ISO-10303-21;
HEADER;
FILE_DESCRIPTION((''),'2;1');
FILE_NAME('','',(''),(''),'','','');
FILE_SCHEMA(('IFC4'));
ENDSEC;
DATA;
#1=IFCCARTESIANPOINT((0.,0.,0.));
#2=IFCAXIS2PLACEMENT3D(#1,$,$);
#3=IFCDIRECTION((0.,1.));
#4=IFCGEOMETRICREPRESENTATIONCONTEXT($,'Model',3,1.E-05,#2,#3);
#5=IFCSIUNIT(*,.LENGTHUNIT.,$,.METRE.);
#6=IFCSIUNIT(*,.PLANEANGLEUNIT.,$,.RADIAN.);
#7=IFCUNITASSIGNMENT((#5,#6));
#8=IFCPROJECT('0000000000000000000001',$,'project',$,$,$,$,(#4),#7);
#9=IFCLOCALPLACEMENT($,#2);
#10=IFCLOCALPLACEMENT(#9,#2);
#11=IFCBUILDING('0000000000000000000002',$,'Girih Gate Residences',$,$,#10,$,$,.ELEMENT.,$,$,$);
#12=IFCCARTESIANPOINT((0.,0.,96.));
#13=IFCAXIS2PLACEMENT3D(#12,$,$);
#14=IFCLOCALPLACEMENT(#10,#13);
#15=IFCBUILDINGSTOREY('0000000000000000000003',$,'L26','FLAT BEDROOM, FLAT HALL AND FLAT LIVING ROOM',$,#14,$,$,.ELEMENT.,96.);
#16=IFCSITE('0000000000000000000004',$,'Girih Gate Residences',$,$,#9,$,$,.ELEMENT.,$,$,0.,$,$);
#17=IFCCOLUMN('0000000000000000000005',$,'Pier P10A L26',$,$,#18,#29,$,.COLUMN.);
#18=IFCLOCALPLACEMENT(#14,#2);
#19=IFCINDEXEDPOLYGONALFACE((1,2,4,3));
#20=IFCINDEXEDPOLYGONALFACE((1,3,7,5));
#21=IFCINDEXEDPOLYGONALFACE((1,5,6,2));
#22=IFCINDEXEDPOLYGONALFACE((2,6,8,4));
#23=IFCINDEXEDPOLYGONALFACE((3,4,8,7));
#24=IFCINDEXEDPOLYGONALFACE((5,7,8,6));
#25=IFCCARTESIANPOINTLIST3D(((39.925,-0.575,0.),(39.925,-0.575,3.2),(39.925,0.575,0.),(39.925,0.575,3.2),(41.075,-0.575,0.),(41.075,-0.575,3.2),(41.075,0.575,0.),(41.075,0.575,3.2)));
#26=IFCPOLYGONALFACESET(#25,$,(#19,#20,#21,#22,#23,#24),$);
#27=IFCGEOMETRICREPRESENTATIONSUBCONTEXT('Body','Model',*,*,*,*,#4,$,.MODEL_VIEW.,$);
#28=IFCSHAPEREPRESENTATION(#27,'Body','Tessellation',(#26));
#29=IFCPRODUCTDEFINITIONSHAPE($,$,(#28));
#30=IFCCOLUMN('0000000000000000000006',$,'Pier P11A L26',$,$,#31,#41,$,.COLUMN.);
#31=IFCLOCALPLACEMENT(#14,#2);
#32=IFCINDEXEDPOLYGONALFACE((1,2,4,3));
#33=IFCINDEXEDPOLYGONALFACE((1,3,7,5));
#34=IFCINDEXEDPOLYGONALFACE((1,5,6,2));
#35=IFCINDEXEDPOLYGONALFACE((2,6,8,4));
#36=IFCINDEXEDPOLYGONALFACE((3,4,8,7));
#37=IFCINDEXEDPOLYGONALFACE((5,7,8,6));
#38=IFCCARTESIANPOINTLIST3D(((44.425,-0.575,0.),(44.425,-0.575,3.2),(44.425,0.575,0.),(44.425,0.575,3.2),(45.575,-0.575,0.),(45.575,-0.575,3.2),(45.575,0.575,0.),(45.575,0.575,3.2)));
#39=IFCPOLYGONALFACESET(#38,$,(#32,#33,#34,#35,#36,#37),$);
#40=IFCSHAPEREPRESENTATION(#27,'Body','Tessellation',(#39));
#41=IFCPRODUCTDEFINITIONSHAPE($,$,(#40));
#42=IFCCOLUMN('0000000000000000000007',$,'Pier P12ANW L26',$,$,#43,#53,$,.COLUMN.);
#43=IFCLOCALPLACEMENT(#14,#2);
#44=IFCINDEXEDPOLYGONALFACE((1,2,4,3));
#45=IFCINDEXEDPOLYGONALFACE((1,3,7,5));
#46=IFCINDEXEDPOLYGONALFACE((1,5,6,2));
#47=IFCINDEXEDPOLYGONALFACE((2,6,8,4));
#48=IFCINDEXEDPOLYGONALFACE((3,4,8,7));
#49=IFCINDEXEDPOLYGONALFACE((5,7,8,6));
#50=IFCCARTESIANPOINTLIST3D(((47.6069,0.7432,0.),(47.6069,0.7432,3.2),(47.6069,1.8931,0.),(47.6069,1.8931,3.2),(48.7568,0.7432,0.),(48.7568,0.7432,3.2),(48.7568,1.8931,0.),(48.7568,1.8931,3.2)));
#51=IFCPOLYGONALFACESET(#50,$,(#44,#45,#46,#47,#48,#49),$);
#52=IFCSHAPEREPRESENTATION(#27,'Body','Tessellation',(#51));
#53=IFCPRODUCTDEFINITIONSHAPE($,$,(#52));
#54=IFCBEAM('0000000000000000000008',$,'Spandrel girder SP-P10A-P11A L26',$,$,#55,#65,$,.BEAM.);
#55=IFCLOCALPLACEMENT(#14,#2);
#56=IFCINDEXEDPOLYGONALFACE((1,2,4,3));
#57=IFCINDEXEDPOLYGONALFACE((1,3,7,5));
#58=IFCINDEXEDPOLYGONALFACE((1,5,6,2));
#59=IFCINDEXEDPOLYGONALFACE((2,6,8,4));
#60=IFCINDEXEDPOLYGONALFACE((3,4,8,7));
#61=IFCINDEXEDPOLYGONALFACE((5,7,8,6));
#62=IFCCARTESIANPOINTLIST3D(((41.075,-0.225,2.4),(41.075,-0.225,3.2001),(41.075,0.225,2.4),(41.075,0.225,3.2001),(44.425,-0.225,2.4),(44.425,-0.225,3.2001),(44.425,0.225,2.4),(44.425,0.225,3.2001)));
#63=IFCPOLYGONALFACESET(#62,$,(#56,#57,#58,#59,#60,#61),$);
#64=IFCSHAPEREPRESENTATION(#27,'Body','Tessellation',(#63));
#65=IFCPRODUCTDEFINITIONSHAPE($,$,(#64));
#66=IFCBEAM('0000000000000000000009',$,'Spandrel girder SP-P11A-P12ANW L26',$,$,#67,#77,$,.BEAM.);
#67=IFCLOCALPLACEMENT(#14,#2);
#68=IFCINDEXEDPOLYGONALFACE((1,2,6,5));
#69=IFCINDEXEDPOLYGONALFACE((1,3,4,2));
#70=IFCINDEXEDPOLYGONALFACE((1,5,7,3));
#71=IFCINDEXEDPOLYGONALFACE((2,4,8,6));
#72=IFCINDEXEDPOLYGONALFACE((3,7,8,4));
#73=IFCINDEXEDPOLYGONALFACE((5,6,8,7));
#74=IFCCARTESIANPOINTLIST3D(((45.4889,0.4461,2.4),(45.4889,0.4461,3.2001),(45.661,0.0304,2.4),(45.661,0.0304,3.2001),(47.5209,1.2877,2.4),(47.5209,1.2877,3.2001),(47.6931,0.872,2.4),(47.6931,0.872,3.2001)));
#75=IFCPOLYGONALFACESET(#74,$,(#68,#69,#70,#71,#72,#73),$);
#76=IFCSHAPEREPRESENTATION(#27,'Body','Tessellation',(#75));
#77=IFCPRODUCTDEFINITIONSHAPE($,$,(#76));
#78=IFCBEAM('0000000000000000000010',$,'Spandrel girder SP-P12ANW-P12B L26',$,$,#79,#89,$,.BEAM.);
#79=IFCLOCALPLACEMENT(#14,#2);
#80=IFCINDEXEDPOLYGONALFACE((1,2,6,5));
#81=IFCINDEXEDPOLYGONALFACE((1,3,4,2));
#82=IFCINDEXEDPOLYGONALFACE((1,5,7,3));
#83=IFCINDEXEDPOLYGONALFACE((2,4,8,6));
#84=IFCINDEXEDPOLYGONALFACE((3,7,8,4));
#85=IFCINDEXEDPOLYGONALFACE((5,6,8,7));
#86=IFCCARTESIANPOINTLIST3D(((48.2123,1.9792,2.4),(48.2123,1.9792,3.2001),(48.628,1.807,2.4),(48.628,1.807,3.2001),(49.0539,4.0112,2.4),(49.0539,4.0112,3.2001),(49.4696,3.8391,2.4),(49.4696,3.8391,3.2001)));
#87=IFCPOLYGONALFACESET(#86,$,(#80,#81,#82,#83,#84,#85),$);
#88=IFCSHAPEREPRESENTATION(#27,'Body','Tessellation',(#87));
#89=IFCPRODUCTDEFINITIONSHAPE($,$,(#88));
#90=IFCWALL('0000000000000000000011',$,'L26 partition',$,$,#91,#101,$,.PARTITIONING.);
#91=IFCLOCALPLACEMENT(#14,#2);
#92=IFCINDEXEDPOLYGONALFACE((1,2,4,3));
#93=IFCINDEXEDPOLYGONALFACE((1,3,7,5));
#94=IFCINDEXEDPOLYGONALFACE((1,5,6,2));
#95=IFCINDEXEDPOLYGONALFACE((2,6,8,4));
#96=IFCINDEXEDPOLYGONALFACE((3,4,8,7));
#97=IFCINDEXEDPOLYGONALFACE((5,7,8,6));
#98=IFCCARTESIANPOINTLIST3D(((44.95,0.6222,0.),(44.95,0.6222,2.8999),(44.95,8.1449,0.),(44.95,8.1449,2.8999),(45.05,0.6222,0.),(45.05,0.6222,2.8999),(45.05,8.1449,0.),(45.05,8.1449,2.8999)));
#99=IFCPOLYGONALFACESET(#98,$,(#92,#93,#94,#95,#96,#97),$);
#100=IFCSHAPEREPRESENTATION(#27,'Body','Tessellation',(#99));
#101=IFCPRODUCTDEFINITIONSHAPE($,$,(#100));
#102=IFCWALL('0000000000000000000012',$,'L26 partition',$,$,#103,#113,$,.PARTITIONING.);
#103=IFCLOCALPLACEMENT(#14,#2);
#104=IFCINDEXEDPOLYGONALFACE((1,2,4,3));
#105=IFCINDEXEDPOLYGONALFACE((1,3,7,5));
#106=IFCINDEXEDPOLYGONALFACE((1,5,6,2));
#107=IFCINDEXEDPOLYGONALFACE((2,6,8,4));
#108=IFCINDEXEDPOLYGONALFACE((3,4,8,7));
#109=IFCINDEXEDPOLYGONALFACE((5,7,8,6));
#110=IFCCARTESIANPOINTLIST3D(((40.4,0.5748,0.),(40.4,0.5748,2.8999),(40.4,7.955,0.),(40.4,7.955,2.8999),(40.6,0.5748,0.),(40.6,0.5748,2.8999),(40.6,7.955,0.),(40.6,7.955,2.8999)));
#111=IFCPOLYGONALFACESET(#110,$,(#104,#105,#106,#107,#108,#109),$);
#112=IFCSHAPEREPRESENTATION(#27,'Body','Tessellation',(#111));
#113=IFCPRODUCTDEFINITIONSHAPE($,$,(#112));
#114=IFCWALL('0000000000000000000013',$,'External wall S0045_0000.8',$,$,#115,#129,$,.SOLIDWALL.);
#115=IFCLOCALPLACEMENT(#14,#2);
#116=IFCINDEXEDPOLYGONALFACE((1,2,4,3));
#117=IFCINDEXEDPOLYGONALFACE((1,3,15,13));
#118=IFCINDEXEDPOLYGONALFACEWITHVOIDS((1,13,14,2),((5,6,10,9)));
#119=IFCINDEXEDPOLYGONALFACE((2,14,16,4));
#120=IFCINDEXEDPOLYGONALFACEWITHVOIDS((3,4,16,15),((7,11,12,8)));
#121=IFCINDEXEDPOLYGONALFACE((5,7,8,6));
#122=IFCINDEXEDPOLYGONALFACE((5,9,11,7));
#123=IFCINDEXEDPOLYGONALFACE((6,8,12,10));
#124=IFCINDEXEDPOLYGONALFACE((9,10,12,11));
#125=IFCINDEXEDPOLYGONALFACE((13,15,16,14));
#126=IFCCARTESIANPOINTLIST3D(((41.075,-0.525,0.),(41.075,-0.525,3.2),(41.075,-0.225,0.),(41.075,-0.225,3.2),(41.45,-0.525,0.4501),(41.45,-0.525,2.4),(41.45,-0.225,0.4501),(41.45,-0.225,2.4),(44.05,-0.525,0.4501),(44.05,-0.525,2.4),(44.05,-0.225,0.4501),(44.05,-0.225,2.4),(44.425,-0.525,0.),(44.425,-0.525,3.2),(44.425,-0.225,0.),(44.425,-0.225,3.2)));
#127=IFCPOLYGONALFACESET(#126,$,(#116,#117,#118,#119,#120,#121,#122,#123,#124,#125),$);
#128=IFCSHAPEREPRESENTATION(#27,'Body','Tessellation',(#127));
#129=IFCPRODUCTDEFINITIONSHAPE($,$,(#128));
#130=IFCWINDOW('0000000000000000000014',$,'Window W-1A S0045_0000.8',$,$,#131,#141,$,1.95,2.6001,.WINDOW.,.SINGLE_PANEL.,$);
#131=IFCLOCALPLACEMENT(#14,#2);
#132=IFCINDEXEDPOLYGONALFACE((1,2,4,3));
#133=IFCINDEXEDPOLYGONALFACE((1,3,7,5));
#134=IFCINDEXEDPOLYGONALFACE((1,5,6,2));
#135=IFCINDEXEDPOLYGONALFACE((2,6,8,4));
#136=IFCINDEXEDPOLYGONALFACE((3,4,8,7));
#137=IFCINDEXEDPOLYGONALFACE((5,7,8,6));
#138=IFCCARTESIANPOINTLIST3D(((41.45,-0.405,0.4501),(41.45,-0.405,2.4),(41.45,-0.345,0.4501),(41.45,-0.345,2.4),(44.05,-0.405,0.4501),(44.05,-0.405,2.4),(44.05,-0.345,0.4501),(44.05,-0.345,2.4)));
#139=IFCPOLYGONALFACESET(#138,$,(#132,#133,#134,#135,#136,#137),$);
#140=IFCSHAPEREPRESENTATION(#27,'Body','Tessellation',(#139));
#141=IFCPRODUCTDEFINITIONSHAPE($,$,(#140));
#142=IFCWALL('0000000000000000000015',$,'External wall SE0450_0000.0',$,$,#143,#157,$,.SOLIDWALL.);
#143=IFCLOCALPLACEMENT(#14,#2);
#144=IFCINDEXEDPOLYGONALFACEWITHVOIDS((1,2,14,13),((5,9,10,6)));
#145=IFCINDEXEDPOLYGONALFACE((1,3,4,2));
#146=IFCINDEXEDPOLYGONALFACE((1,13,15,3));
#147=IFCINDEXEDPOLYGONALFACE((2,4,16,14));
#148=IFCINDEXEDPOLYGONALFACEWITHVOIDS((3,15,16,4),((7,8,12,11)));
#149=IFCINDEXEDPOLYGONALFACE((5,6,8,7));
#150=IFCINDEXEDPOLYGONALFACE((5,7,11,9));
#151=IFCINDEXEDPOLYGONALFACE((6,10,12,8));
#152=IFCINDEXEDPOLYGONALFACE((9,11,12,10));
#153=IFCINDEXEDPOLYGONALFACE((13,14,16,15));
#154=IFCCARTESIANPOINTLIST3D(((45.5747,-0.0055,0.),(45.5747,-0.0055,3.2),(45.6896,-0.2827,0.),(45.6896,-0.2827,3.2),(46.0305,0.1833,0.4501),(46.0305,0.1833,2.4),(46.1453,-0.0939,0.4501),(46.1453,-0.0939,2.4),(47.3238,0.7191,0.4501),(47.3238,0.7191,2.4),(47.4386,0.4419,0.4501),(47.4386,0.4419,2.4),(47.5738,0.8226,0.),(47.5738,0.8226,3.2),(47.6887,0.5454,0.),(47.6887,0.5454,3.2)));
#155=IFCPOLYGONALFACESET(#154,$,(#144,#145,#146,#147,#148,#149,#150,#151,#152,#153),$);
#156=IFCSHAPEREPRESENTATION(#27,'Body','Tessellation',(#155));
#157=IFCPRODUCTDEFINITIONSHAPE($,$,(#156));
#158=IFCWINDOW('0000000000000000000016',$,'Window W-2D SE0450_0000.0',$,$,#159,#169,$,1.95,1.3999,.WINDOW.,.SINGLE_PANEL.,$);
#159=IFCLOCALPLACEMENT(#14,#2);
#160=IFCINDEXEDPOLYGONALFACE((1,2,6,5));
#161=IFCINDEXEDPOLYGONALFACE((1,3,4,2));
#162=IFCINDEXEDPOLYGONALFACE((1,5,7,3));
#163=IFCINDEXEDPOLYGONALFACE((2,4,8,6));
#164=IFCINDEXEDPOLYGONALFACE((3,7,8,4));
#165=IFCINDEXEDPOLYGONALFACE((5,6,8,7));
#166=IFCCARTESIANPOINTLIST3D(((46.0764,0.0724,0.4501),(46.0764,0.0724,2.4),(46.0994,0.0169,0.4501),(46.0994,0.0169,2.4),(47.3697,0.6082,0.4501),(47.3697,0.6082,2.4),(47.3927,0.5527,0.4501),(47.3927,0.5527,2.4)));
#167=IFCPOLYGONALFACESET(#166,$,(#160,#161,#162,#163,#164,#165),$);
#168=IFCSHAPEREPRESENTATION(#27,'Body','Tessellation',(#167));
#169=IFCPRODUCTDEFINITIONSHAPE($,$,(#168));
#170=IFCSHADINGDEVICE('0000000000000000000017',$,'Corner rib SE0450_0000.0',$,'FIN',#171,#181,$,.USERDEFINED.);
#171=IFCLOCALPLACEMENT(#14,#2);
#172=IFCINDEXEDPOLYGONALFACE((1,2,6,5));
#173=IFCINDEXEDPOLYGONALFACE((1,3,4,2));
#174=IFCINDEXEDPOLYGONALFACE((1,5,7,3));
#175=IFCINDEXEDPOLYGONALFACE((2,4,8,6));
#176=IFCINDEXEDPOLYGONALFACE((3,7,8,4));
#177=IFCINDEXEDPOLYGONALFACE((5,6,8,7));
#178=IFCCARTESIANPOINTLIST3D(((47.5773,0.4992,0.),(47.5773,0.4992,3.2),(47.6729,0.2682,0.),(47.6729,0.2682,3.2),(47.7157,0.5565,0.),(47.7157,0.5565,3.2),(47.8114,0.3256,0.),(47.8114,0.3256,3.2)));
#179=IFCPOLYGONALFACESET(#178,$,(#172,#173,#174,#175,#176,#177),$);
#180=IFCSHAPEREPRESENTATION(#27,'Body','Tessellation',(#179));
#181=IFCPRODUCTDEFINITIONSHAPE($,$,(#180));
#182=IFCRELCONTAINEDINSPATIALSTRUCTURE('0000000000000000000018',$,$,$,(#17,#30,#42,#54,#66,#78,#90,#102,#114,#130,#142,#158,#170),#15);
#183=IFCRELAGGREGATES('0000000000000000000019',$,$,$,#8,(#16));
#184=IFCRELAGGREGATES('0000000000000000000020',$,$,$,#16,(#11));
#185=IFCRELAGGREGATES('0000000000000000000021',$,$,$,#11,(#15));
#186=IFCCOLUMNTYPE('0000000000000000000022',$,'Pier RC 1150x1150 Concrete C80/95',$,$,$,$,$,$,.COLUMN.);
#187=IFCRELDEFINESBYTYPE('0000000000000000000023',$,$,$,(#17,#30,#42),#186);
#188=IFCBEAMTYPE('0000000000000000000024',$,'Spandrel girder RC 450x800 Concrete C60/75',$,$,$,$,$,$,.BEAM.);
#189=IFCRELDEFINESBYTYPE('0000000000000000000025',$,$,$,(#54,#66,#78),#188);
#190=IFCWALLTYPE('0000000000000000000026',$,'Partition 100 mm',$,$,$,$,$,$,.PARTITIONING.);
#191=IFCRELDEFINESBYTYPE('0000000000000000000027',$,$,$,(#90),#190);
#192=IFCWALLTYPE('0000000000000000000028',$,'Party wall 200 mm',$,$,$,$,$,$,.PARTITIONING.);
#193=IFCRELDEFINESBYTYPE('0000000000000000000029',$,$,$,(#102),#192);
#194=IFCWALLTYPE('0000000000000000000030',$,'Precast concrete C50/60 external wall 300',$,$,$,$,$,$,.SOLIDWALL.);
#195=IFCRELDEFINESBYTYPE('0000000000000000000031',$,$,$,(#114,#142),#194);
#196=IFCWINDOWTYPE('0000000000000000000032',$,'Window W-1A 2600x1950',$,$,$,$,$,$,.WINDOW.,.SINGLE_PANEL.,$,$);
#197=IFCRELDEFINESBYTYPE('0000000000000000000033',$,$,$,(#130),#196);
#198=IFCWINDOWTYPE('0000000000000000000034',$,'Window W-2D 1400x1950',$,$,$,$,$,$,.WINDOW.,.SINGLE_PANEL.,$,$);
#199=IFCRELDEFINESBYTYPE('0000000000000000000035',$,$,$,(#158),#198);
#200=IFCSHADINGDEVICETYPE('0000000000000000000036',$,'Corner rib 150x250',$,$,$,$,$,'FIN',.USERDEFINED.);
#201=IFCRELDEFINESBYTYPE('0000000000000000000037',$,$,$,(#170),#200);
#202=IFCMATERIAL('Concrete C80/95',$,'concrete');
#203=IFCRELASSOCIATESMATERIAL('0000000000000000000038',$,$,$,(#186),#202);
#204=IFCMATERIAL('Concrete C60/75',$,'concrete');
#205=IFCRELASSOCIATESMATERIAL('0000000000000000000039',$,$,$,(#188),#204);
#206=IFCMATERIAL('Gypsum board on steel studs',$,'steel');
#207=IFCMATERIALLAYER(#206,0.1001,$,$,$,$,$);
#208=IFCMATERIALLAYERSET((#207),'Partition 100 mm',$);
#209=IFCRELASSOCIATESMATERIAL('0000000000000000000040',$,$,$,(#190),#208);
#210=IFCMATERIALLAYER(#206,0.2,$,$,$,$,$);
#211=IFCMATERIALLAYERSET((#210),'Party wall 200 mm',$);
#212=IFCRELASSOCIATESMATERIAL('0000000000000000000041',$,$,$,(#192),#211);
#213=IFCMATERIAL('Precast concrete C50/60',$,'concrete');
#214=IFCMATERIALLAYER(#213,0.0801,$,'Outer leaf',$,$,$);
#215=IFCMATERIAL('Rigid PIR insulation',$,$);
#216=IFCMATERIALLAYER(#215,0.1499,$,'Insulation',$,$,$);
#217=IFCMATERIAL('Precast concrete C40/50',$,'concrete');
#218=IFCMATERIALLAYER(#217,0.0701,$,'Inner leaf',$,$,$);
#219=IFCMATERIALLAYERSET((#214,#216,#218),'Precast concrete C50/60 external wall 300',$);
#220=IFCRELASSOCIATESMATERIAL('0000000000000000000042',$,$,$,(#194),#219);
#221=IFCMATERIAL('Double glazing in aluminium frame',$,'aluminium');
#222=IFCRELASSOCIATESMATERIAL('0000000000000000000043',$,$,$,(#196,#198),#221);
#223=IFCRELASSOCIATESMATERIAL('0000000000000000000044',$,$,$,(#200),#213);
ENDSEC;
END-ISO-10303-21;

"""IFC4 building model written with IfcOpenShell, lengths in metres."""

from ifc_helpers import new_model, si_unit, direction, frame, frame_2d, origin, origin_2d, place, context, subcontext, project, spatial, rectangle, extrude, material, layer, layer_set, material_profile, profile_set, type_object, element, fill, save


model = new_model("IFC4")

# Units and contexts
model_context = context("Model", 3, precision=1e-05, world=origin(), true_north=direction((0.0, 1.0)))
body_context = subcontext(model_context, "Body", "Model", "MODEL_VIEW")
ifc_project = project(units=[si_unit("LENGTHUNIT", "METRE"), si_unit("PLANEANGLEUNIT", "RADIAN")], contexts=[model_context])

# Site, building, storey
site_placement = place(None, origin())
site = spatial("IfcSite", under=ifc_project, at=site_placement, Name="Girih Gate Residences", CompositionType="ELEMENT", RefElevation=0.0)
building_placement = place(site_placement, origin())
building = spatial("IfcBuilding", under=site, at=building_placement, Name="Girih Gate Residences", CompositionType="ELEMENT")
storey_placement = place(building_placement, frame((0.0, 0.0, 96.0)))
storey = spatial("IfcBuildingStorey", under=building, at=storey_placement, Name="L26", Description="FLAT BEDROOM, FLAT HALL AND FLAT LIVING ROOM", CompositionType="ELEMENT", Elevation=96.0)

# Columns
ifc_material_1 = material(Name="Concrete C80/95", Category="concrete")
ifc_material_profile_1 = material_profile(ifc_material_1, rectangle(XDim=1.1499, YDim=1.1499, at=origin_2d()))
ifc_profile_set_1 = profile_set([ifc_material_profile_1], Name="Concrete C80/95")
column_type = type_object("IfcColumnType", Name="Pier RC 1150x1150 Concrete C80/95", PredefinedType="COLUMN", material=ifc_profile_set_1)
for number, where, z_axis, x_axis, name in (
    (1, (40.5, 0.0, 0.0), (0.0, 0.0, 1.0), (1.0, 0.0, 0.0), "Pier P10A L26"),
    (2, (45.0, 0.0, 0.0), (0.0, 0.0, 1.0), (1.0, 0.0, 0.0), "Pier P11A L26"),
    (3, (48.1819, 1.3181, 0.0), (0.0, 0.0, 1.0), (1.0, 0.0, 0.0), "Pier P12ANW L26"),
):
    element("IfcColumn", number, at=place(storey_placement, frame(where, z_axis=z_axis, x_axis=x_axis)), inside=storey, type_object=column_type, Name=name, PredefinedType="COLUMN", context=body_context, shape_type="SweptSolid", body=[
        extrude(rectangle(XDim=1.1499, YDim=1.1499, at=origin_2d()), origin(), (0.0, 0.0, 1.0), 3.2),
    ])

# Beams
ifc_material_2 = material(Name="Concrete C60/75", Category="concrete")
ifc_material_profile_2 = material_profile(ifc_material_2, rectangle(XDim=0.45, YDim=0.8, at=origin_2d()))
ifc_profile_set_2 = profile_set([ifc_material_profile_2], Name="Concrete C60/75")
beam_type = type_object("IfcBeamType", Name="Spandrel girder RC 450x800 Concrete C60/75", PredefinedType="BEAM", material=ifc_profile_set_2)
beam_placement = place(storey_placement, frame((41.075, 0.0, 2.8), z_axis=(1.0, 0.0, 0.0), x_axis=(0.0, 1.0, 0.0)))
element("IfcBeam", 4, at=beam_placement, inside=storey, type_object=beam_type, Name="Spandrel girder SP-P10A-P11A L26", PredefinedType="BEAM", context=body_context, shape_type="SweptSolid", body=[
    extrude(rectangle(XDim=0.45, YDim=0.8, at=origin_2d()), origin(), (0.0, 0.0, 1.0), 3.3501),
])
for number, where, z_axis, x_axis, name in (
    (5, (45.575, 0.2383, 2.8), (0.923899, 0.382636, 0.0), (-0.382636, 0.923899, 0.0), "Spandrel girder SP-P11A-P12ANW L26"),
    (6, (48.4202, 1.8931, 2.8), (0.382636, 0.923899, 0.0), (-0.923899, 0.382636, 0.0), "Spandrel girder SP-P12ANW-P12B L26"),
):
    element("IfcBeam", number, at=place(storey_placement, frame(where, z_axis=z_axis, x_axis=x_axis)), inside=storey, type_object=beam_type, Name=name, PredefinedType="BEAM", context=body_context, shape_type="SweptSolid", body=[
        extrude(rectangle(XDim=0.45, YDim=0.8, at=origin_2d()), origin(), (0.0, 0.0, 1.0), 2.1995),
    ])

# Walls
ifc_material_3 = material(Name="Gypsum board on steel studs", Category="steel")
ifc_layer_1 = layer(ifc_material_3, 0.1001)
ifc_layer_set_1 = layer_set([ifc_layer_1], Name="Partition 100 mm")
wall_type_1 = type_object("IfcWallType", Name="Partition 100 mm", PredefinedType="PARTITIONING", material=ifc_layer_set_1)
wall_1_placement = place(storey_placement, frame((45.0, 0.6223, 0.0), z_axis=(0.0, 0.0, 1.0), x_axis=(0.0, 1.0, 0.0)))
element("IfcWall", 7, at=wall_1_placement, inside=storey, type_object=wall_type_1, Name="L26 partition", PredefinedType="PARTITIONING", context=body_context, shape_type="SweptSolid", body=[
    extrude(rectangle(XDim=7.5227, YDim=0.1001, at=frame_2d((3.7612, 0.0))), origin(), (0.0, 0.0, 1.0), 2.8999),
])
ifc_layer_2 = layer(ifc_material_3, 0.2)
ifc_layer_set_2 = layer_set([ifc_layer_2], Name="Party wall 200 mm")
wall_type_2 = type_object("IfcWallType", Name="Party wall 200 mm", PredefinedType="PARTITIONING", material=ifc_layer_set_2)
wall_2_placement = place(storey_placement, frame((40.5, 0.575, 0.0), z_axis=(0.0, 0.0, 1.0), x_axis=(0.0, 1.0, 0.0)))
element("IfcWall", 8, at=wall_2_placement, inside=storey, type_object=wall_type_2, Name="L26 partition", PredefinedType="PARTITIONING", context=body_context, shape_type="SweptSolid", body=[
    extrude(rectangle(XDim=7.3801, YDim=0.2, at=frame_2d((3.6899, 0.0))), origin(), (0.0, 0.0, 1.0), 2.8999),
])

# Walls, openings, windows
ifc_material_4 = material(Name="Precast concrete C50/60", Category="concrete")
ifc_layer_3 = layer(ifc_material_4, 0.0801, Name="Outer leaf")
ifc_material_5 = material(Name="Rigid PIR insulation")
ifc_layer_4 = layer(ifc_material_5, 0.1499, Name="Insulation")
ifc_material_6 = material(Name="Precast concrete C40/50", Category="concrete")
ifc_layer_5 = layer(ifc_material_6, 0.0701, Name="Inner leaf")
ifc_layer_set_3 = layer_set([ifc_layer_3, ifc_layer_4, ifc_layer_5], Name="Precast concrete C50/60 external wall 300")
wall_type_3 = type_object("IfcWallType", Name="Precast concrete C50/60 external wall 300", PredefinedType="SOLIDWALL", material=ifc_layer_set_3)
wall_3_placement = place(storey_placement, frame((44.425, -0.375, 0.0), z_axis=(0.0, 0.0, 1.0), x_axis=(-1.0, 0.0, 0.0)))
wall_3 = element("IfcWall", 9, at=wall_3_placement, inside=storey, type_object=wall_type_3, Name="External wall S0045_0000.8", PredefinedType="SOLIDWALL", context=body_context, shape_type="SweptSolid", body=[
    extrude(rectangle(XDim=3.3501, YDim=0.3, at=frame_2d((1.675, 0.0))), origin(), (0.0, 0.0, 1.0), 3.2),
])
opening_1_placement = place(wall_3_placement, frame((0.375, 0.0, 0.45)))
opening_1 = element("IfcOpeningElement", 10, at=opening_1_placement, cuts=wall_3, PredefinedType="OPENING", context=body_context, shape_type="SweptSolid", body=[
    extrude(rectangle(XDim=2.6001, YDim=1.95, at=frame_2d((1.3, 0.9751))), frame((0.0, 0.1599, 0.0), z_axis=(0.0, -1.0, 0.0), x_axis=(1.0, 0.0, 0.0)), (0.0, 0.0, 1.0), 0.3201),
])
ifc_material_7 = material(Name="Double glazing in aluminium frame", Category="aluminium")
window_type_1 = type_object("IfcWindowType", Name="Window W-1A 2600x1950", PartitioningType="SINGLE_PANEL", PredefinedType="WINDOW", material=ifc_material_7)
window_1_placement = place(opening_1_placement, origin())
window_1 = element("IfcWindow", 11, at=window_1_placement, inside=storey, type_object=window_type_1, Name="Window W-1A S0045_0000.8", OverallHeight=1.95, OverallWidth=2.6001, PartitioningType="SINGLE_PANEL", PredefinedType="WINDOW", context=body_context, shape_type="SweptSolid", body=[
    extrude(rectangle(XDim=2.6001, YDim=1.95, at=frame_2d((1.3, 0.9751))), frame((0.0, 0.03, 0.0), z_axis=(0.0, -1.0, 0.0), x_axis=(1.0, 0.0, 0.0)), (0.0, 0.0, 1.0), 0.0601),
])
fill(opening_1, window_1)
wall_4_placement = place(storey_placement, frame((47.6313, 0.6841, 0.0), z_axis=(0.0, 0.0, 1.0), x_axis=(-0.923863, -0.382724, 0.0)))
wall_4 = element("IfcWall", 12, at=wall_4_placement, inside=storey, type_object=wall_type_3, Name="External wall SE0450_0000.0", PredefinedType="SOLIDWALL", context=body_context, shape_type="SweptSolid", body=[
    extrude(rectangle(XDim=2.1638, YDim=0.3, at=frame_2d((1.082, 0.0))), origin(), (0.0, 0.0, 1.0), 3.2),
])
opening_2_placement = place(wall_4_placement, frame((0.2708, 0.0, 0.45)))
opening_2 = element("IfcOpeningElement", 13, at=opening_2_placement, cuts=wall_4, PredefinedType="OPENING", context=body_context, shape_type="SweptSolid", body=[
    extrude(rectangle(XDim=1.3999, YDim=1.95, at=frame_2d((0.7, 0.9751))), frame((0.0, 0.1599, 0.0), z_axis=(0.0, -1.0, 0.0), x_axis=(1.0, 0.0, 0.0)), (0.0, 0.0, 1.0), 0.3201),
])
window_type_2 = type_object("IfcWindowType", Name="Window W-2D 1400x1950", PartitioningType="SINGLE_PANEL", PredefinedType="WINDOW", material=ifc_material_7)
window_2_placement = place(opening_2_placement, origin())
window_2 = element("IfcWindow", 14, at=window_2_placement, inside=storey, type_object=window_type_2, Name="Window W-2D SE0450_0000.0", OverallHeight=1.95, OverallWidth=1.3999, PartitioningType="SINGLE_PANEL", PredefinedType="WINDOW", context=body_context, shape_type="SweptSolid", body=[
    extrude(rectangle(XDim=1.3999, YDim=1.95, at=frame_2d((0.7, 0.9751))), frame((0.0, 0.03, 0.0), z_axis=(0.0, -1.0, 0.0), x_axis=(1.0, 0.0, 0.0)), (0.0, 0.0, 1.0), 0.0601),
])
fill(opening_2, window_2)

# Shading device
shading_device_type = type_object("IfcShadingDeviceType", Name="Corner rib 150x250", ElementType="FIN", PredefinedType="USERDEFINED", material=ifc_material_4)
for number, where, z_axis, x_axis, name in (
    (15, (47.6943, 0.4124, 0.0), (0.0, 0.0, 1.0), (0.92388, 0.382683, 0.0), "Corner rib SE0450_0000.0"),
):
    element("IfcShadingDevice", number, at=place(storey_placement, frame(where, z_axis=z_axis, x_axis=x_axis)), inside=storey, type_object=shading_device_type, Name=name, ObjectType="FIN", PredefinedType="USERDEFINED", context=body_context, shape_type="SweptSolid", body=[
        extrude(rectangle(XDim=0.1499, YDim=0.25, at=origin_2d()), origin(), (0.0, 0.0, 1.0), 3.2),
    ])

save(model, "model.ifc")
